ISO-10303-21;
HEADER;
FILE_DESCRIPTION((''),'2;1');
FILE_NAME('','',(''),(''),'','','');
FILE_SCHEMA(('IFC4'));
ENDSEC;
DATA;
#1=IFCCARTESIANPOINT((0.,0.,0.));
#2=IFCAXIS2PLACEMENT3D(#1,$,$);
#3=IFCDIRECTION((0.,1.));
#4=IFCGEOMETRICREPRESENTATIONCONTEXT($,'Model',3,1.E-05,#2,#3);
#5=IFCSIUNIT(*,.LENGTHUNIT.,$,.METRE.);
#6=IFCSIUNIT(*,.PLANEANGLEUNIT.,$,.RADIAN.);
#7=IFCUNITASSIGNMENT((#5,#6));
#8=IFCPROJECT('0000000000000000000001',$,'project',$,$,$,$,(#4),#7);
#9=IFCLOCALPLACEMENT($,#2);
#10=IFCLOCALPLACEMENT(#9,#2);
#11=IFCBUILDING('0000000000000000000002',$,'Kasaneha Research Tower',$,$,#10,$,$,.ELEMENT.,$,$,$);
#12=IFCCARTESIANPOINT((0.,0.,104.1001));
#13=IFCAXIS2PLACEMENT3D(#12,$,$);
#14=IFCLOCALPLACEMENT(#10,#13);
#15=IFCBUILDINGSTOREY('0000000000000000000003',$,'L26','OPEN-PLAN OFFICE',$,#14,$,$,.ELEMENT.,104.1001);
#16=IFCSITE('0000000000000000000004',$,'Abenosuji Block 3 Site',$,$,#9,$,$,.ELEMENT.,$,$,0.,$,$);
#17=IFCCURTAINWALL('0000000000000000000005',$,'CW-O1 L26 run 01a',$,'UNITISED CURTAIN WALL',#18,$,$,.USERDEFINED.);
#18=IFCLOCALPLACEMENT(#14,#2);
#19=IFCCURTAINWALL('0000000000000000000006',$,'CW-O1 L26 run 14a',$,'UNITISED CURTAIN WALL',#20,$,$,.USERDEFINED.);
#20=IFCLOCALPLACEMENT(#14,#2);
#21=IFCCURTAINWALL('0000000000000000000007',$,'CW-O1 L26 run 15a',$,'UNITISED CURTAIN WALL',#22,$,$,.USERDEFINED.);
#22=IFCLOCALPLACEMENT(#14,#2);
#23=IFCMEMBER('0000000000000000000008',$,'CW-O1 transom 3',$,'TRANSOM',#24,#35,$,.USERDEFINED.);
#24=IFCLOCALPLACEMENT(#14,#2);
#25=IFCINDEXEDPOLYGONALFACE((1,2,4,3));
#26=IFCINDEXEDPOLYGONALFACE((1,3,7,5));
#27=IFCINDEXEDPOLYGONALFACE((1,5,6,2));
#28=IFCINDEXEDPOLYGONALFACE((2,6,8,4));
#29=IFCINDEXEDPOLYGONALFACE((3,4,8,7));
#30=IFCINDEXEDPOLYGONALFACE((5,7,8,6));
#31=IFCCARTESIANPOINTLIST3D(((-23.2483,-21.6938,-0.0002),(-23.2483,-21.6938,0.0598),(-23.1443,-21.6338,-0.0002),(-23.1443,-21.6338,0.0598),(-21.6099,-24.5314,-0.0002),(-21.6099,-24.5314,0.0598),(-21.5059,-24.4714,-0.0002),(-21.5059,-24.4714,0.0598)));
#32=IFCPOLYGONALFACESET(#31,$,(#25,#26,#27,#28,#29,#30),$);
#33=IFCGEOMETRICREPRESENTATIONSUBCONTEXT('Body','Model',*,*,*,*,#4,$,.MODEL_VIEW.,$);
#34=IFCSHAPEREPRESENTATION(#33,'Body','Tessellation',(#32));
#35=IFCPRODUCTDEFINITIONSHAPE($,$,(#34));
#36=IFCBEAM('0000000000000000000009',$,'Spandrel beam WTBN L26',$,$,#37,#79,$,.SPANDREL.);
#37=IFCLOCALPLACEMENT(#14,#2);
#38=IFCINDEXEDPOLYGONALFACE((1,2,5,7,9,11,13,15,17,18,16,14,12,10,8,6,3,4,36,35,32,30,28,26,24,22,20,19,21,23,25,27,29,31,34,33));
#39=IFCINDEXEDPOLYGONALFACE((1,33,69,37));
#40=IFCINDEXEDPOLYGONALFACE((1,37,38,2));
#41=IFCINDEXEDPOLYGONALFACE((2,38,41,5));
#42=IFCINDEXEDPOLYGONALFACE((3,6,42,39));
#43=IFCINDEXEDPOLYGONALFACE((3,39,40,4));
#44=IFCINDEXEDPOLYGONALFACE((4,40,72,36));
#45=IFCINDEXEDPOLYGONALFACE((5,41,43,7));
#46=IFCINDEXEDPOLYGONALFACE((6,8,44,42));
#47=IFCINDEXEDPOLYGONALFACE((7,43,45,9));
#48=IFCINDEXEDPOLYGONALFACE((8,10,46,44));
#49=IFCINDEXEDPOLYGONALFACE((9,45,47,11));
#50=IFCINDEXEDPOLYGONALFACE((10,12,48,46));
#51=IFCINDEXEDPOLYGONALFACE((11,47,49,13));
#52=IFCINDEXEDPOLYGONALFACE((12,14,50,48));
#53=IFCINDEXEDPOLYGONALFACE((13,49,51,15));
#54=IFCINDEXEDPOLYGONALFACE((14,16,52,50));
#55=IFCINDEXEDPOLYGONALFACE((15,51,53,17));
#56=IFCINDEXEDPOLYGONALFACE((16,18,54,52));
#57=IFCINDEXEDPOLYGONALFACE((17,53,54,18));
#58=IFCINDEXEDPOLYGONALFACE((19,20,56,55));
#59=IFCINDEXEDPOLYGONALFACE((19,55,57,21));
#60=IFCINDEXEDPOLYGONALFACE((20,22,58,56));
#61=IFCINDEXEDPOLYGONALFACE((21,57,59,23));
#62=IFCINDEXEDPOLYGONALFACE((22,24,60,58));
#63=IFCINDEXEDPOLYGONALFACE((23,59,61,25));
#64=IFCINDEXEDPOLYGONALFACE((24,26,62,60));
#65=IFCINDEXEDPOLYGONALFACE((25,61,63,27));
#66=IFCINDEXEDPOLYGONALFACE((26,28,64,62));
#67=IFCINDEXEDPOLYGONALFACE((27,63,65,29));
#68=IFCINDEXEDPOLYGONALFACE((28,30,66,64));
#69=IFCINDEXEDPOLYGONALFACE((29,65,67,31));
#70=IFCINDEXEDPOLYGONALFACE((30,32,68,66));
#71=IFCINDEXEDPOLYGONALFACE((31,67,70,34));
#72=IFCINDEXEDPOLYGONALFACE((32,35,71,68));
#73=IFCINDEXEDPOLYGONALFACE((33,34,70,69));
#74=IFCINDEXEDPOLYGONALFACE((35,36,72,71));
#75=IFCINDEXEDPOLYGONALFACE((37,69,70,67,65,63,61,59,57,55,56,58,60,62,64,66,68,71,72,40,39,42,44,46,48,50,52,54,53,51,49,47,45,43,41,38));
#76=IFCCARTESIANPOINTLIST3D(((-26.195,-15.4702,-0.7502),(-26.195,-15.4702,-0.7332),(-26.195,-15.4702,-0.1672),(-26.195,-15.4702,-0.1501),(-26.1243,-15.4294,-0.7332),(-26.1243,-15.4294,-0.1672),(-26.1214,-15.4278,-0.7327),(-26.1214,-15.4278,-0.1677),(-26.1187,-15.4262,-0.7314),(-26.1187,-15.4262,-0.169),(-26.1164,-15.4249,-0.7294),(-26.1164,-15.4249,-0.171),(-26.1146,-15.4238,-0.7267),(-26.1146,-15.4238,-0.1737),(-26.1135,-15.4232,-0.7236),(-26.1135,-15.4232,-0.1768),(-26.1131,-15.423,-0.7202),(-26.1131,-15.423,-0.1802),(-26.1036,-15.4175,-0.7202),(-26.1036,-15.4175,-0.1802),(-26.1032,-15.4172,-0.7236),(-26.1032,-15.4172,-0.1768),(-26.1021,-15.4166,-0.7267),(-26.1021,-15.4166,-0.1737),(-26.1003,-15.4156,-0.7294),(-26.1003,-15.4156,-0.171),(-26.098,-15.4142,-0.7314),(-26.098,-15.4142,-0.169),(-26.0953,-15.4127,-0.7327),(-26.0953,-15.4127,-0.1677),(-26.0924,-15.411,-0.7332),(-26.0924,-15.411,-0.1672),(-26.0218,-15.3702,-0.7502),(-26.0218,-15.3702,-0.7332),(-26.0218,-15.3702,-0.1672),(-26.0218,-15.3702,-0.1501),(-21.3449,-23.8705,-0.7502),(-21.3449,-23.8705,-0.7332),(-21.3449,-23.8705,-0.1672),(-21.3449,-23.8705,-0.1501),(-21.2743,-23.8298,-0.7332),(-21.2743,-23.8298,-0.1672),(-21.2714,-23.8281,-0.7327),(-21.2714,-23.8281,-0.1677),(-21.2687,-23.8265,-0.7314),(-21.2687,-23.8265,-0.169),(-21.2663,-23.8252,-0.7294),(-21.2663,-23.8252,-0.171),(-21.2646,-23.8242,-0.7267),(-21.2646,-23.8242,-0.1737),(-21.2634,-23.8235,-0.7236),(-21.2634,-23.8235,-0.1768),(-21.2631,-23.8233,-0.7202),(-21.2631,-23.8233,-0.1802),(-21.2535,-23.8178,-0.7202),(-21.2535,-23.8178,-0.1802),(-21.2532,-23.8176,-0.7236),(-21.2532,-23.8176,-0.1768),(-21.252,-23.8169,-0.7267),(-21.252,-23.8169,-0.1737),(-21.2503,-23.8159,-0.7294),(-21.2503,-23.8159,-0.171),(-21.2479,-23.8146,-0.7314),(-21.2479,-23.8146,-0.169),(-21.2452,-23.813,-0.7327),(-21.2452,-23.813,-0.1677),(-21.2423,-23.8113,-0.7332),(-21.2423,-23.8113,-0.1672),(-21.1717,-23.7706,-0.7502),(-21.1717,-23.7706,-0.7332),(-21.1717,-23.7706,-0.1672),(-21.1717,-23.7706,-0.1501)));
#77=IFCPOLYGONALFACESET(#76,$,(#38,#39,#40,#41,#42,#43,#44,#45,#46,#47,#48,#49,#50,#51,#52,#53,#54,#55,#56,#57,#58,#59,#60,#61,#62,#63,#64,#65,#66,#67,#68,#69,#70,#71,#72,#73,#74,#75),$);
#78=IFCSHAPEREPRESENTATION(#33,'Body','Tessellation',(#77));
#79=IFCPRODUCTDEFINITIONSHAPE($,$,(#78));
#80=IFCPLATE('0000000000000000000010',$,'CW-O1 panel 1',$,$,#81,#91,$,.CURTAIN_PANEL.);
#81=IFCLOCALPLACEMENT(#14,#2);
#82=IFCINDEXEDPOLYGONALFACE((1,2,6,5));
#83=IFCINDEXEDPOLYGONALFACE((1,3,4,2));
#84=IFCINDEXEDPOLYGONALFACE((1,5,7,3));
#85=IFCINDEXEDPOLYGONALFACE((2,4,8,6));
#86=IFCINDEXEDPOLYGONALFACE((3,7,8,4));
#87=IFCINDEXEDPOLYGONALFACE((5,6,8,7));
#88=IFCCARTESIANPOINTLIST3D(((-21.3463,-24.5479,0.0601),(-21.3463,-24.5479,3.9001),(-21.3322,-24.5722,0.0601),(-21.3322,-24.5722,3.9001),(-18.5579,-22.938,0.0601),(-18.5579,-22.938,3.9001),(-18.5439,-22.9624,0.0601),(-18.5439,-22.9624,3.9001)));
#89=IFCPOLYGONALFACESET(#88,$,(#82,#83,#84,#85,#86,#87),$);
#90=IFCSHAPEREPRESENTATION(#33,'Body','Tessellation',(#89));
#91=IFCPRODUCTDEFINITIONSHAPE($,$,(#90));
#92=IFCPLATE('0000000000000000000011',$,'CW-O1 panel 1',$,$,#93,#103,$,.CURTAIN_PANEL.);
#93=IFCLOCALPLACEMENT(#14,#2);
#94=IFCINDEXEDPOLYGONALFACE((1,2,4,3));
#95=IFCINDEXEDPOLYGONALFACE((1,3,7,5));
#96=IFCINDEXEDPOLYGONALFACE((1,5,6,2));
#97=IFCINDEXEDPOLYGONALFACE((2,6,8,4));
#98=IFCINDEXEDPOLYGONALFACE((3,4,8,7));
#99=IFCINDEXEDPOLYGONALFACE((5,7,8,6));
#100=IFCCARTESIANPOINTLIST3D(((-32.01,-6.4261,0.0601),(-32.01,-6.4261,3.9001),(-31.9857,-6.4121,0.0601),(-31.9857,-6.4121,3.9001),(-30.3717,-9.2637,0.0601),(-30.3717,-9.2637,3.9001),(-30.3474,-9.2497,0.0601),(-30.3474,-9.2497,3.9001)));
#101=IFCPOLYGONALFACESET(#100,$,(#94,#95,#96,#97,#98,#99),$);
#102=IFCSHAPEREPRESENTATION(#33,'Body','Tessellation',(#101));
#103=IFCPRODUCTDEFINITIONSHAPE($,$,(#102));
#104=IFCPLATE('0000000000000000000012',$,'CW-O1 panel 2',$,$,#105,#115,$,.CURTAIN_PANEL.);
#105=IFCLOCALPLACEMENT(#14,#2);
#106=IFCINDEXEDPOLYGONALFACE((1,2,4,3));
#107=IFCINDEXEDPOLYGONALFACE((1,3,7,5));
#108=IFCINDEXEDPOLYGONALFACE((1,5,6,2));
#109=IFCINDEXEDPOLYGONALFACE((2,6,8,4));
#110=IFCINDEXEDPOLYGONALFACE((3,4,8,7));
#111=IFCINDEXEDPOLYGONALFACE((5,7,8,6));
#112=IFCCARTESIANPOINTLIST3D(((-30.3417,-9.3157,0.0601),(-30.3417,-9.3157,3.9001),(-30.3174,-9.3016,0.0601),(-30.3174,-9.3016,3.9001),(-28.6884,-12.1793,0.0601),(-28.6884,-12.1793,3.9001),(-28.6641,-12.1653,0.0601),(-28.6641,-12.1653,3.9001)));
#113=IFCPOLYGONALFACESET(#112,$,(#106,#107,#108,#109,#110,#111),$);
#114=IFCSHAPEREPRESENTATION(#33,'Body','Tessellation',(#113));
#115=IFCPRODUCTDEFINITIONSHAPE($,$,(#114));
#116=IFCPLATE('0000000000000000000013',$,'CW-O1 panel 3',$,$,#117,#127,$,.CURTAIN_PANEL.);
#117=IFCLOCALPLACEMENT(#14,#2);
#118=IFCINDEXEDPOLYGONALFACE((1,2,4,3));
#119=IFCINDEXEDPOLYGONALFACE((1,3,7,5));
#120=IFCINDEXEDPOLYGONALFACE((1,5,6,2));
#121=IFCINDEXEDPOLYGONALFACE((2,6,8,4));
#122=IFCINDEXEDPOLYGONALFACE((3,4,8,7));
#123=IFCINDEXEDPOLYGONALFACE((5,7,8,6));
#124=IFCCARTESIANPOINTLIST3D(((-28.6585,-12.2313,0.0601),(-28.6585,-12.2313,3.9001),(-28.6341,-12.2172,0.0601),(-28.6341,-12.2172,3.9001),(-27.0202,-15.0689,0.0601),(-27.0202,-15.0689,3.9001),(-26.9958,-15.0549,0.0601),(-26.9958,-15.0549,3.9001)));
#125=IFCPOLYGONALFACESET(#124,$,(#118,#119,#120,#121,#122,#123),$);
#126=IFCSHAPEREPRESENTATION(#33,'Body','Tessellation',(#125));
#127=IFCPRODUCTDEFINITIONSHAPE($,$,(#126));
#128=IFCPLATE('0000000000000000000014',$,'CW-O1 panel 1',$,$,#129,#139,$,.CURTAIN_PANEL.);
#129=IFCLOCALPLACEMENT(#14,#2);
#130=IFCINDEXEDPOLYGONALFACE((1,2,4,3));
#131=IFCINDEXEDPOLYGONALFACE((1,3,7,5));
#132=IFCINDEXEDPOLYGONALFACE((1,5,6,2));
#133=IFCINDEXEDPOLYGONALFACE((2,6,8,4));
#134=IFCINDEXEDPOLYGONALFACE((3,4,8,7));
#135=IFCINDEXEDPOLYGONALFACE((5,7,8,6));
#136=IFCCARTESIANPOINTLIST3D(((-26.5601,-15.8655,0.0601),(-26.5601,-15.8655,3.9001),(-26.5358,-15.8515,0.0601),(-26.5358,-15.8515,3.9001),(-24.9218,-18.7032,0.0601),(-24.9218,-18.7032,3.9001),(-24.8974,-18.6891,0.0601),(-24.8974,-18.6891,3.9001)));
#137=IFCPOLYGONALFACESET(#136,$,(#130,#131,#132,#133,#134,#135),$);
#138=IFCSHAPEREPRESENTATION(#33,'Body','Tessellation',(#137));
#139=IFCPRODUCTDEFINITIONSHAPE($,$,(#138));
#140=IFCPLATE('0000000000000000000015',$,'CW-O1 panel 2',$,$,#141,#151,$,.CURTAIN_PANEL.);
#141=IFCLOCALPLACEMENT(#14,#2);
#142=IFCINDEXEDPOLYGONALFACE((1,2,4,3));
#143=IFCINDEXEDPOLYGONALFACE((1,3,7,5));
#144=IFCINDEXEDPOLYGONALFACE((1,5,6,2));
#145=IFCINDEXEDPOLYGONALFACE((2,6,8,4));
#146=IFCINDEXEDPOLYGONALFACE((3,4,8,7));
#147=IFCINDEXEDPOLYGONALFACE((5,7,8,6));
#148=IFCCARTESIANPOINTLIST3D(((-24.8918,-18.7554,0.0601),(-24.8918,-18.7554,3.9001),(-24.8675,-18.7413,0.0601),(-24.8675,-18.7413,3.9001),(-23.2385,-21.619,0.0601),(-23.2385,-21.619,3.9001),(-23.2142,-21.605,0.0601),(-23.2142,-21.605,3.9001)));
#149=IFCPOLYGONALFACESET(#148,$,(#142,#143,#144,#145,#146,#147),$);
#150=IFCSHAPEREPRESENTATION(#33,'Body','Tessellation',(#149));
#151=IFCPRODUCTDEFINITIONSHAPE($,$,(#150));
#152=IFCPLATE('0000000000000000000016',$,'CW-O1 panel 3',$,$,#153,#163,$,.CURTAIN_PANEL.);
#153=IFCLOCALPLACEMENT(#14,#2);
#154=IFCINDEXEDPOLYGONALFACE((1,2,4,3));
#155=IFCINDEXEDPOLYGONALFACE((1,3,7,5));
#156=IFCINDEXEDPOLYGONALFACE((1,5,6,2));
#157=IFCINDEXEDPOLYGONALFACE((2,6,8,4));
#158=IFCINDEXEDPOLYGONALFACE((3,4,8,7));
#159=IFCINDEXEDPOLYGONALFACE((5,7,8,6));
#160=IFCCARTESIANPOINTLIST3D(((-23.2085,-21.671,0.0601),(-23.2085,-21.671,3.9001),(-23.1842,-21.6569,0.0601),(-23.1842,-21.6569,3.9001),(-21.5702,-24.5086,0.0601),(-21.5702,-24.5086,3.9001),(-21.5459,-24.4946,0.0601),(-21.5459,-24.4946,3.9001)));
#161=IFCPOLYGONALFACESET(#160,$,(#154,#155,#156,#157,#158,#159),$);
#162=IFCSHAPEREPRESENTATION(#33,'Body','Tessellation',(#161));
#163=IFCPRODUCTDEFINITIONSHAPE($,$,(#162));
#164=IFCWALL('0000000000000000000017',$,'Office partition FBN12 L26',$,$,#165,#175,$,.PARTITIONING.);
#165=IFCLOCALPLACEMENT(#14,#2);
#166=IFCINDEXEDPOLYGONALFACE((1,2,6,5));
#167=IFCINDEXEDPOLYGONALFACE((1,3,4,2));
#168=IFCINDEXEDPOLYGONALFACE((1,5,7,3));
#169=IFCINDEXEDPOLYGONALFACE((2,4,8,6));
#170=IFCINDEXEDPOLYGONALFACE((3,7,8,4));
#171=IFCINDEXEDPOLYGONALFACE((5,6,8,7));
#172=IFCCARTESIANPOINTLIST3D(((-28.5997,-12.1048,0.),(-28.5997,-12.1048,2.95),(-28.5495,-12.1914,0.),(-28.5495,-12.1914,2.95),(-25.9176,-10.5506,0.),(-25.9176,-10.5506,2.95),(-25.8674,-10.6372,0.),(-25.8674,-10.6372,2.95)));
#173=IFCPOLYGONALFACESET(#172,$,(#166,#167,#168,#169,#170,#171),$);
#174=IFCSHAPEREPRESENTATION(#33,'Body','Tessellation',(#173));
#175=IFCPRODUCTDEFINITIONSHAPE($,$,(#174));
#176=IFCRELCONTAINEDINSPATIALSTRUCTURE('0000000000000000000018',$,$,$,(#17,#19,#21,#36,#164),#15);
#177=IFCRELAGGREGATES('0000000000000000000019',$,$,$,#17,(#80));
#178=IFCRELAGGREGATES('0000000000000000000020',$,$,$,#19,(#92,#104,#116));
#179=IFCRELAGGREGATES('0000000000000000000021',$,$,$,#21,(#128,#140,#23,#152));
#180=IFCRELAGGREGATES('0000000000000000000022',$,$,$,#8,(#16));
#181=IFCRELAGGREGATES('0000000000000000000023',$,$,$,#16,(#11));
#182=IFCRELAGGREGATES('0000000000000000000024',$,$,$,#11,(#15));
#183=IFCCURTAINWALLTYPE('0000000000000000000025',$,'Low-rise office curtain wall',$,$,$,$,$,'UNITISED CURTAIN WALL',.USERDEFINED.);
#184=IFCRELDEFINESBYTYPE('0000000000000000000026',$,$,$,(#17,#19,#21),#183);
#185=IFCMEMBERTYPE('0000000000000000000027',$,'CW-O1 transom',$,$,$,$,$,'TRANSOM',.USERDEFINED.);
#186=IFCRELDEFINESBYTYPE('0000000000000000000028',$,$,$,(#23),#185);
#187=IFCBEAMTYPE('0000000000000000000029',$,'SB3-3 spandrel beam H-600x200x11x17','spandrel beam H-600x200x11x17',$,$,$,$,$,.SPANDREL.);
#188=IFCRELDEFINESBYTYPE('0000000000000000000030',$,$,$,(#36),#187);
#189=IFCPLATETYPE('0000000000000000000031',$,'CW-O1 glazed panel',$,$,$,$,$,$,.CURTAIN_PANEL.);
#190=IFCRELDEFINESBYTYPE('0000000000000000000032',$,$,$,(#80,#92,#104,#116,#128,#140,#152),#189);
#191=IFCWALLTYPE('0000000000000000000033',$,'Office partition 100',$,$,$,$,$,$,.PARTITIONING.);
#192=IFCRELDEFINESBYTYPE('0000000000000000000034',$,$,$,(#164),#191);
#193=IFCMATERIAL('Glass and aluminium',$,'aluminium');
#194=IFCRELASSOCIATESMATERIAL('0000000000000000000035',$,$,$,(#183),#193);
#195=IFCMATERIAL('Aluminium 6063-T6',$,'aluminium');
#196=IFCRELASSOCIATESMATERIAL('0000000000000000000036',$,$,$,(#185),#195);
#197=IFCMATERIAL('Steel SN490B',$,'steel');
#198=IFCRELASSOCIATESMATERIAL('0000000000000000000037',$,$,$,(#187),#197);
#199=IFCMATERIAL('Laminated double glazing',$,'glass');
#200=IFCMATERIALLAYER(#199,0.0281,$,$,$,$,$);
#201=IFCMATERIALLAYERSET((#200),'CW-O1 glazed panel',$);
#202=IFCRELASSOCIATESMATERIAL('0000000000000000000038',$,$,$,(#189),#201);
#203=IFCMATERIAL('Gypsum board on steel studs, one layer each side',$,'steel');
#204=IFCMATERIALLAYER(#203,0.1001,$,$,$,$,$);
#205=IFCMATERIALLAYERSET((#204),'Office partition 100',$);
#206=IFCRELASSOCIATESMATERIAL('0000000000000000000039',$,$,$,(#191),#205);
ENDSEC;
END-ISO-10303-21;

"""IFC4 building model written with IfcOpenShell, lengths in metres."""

from ifc_helpers import new_model, si_unit, direction, frame, frame_2d, origin, origin_2d, place, context, subcontext, project, spatial, rectangle, i_section, extrude, material, layer, layer_set, material_profile, profile_set, type_object, element, aggregate, save


model = new_model("IFC4")

# Units and contexts
model_context = context("Model", 3, precision=1e-05, world=origin(), true_north=direction((0.0, 1.0)))
body_context = subcontext(model_context, "Body", "Model", "MODEL_VIEW")
ifc_project = project(units=[si_unit("LENGTHUNIT", "METRE"), si_unit("PLANEANGLEUNIT", "RADIAN")], contexts=[model_context])

# Site, building, storey
site_placement = place(None, origin())
site = spatial("IfcSite", under=ifc_project, at=site_placement, Name="Abenosuji Block 3 Site", CompositionType="ELEMENT", RefElevation=0.0)
building_placement = place(site_placement, origin())
building = spatial("IfcBuilding", under=site, at=building_placement, Name="Kasaneha Research Tower", CompositionType="ELEMENT")
storey_placement = place(building_placement, frame((0.0, 0.0, 104.1001)))
storey = spatial("IfcBuildingStorey", under=building, at=storey_placement, Name="L26", Description="OPEN-PLAN OFFICE", CompositionType="ELEMENT", Elevation=104.1001)

# Curtain wall
ifc_material_1 = material(Name="Glass and aluminium", Category="aluminium")
curtain_wall_type = type_object("IfcCurtainWallType", Name="Low-rise office curtain wall", ElementType="UNITISED CURTAIN WALL", PredefinedType="USERDEFINED", material=ifc_material_1)
curtain_wall_1_placement = place(storey_placement, origin())
curtain_wall_1 = element("IfcCurtainWall", 1, at=curtain_wall_1_placement, inside=storey, type_object=curtain_wall_type, Name="CW-O1 L26 run 01a", ObjectType="UNITISED CURTAIN WALL", PredefinedType="USERDEFINED")

# Curtain walls
curtain_wall_2_placement = place(storey_placement, origin())
curtain_wall_2 = element("IfcCurtainWall", 2, at=curtain_wall_2_placement, inside=storey, type_object=curtain_wall_type, Name="CW-O1 L26 run 14a", ObjectType="UNITISED CURTAIN WALL", PredefinedType="USERDEFINED")
curtain_wall_3_placement = place(storey_placement, origin())
curtain_wall_3 = element("IfcCurtainWall", 3, at=curtain_wall_3_placement, inside=storey, type_object=curtain_wall_type, Name="CW-O1 L26 run 15a", ObjectType="UNITISED CURTAIN WALL", PredefinedType="USERDEFINED")

# Member
ifc_material_2 = material(Name="Aluminium 6063-T6", Category="aluminium")
ifc_material_profile_1 = material_profile(ifc_material_2, rectangle(XDim=0.1201, YDim=0.0601, at=origin_2d()), Name="CW-O1 transom 120x60")
ifc_profile_set_1 = profile_set([ifc_material_profile_1], Name="Aluminium 6063-T6")
member_type_1 = type_object("IfcMemberType", Name="CW-O1 transom", ElementType="TRANSOM", PredefinedType="USERDEFINED", material=ifc_profile_set_1)
member_1_placement = place(storey_placement, frame((-23.1963, -21.6638, 0.0298), z_axis=(0.500026, -0.866011, 0.0), x_axis=(0.866011, 0.500026, 0.0)))
member_1 = element("IfcMember", 4, at=member_1_placement, type_object=member_type_1, Name="CW-O1 transom 3", ObjectType="TRANSOM", PredefinedType="USERDEFINED", context=body_context, shape_type="SweptSolid", body=[
    extrude(rectangle(XDim=0.1201, YDim=0.0601, at=origin_2d()), origin(), (0.0, 0.0, 1.0), 3.2766),
])

# Beam
ifc_material_3 = material(Name="Steel SN490B", Category="steel")
ifc_material_profile_2 = material_profile(ifc_material_3, i_section(OverallWidth=0.2, OverallDepth=0.6001, WebThickness=0.011, FlangeThickness=0.0171, FilletRadius=0.0129, at=origin_2d()), Name="H-600x200x11x17")
ifc_profile_set_2 = profile_set([ifc_material_profile_2], Name="Steel SN490B")
beam_type = type_object("IfcBeamType", Name="SB3-3 spandrel beam H-600x200x11x17", Description="spandrel beam H-600x200x11x17", PredefinedType="SPANDREL", material=ifc_profile_set_2)
beam_placement = place(storey_placement, frame((-21.2583, -23.8206, -0.4502), z_axis=(-0.50001, 0.86602, 0.0), x_axis=(-0.86602, -0.50001, 0.0)))
element("IfcBeam", 5, at=beam_placement, inside=storey, type_object=beam_type, Name="Spandrel beam WTBN L26", PredefinedType="SPANDREL", context=body_context, shape_type="SweptSolid", body=[
    extrude(i_section(OverallWidth=0.2, OverallDepth=0.6001, WebThickness=0.011, FlangeThickness=0.0171, FilletRadius=0.0129, at=origin_2d()), origin(), (0.0, 0.0, 1.0), 9.7),
])

# Plates
ifc_material_4 = material(Name="Laminated double glazing", Category="glass")
ifc_layer_1 = layer(ifc_material_4, 0.0281)
ifc_layer_set_1 = layer_set([ifc_layer_1], Name="CW-O1 glazed panel")
plate_type = type_object("IfcPlateType", Name="CW-O1 glazed panel", PredefinedType="CURTAIN_PANEL", material=ifc_layer_set_1)
plate_1_placement = place(storey_placement, frame((-19.9451, -23.7551, 0.0601), z_axis=(0.0, 0.0, 1.0), x_axis=(0.866025, 0.5, 0.0)))
plate_1 = element("IfcPlate", 6, at=plate_1_placement, type_object=plate_type, Name="CW-O1 panel 1", PredefinedType="CURTAIN_PANEL", context=body_context, shape_type="SweptSolid", body=[
    extrude(rectangle(XDim=3.2197, YDim=0.0281, at=origin_2d()), origin(), (0.0, 0.0, 1.0), 3.8401),
])
aggregate(curtain_wall_1, [plate_1])
plate_2_placement = place(storey_placement, frame((-31.1787, -7.8379, 0.0601), z_axis=(0.0, 0.0, 1.0), x_axis=(0.5, -0.866025, 0.0)))
plate_2 = element("IfcPlate", 7, at=plate_2_placement, type_object=plate_type, Name="CW-O1 panel 1", PredefinedType="CURTAIN_PANEL", context=body_context, shape_type="SweptSolid", body=[
    extrude(rectangle(XDim=3.2766, YDim=0.0281, at=origin_2d()), origin(), (0.0, 0.0, 1.0), 3.8401),
])
plate_3_placement = place(storey_placement, frame((-29.5029, -10.7405, 0.0601), z_axis=(0.0, 0.0, 1.0), x_axis=(0.5, -0.866025, 0.0)))
plate_3 = element("IfcPlate", 8, at=plate_3_placement, type_object=plate_type, Name="CW-O1 panel 2", PredefinedType="CURTAIN_PANEL", context=body_context, shape_type="SweptSolid", body=[
    extrude(rectangle(XDim=3.3066, YDim=0.0281, at=origin_2d()), origin(), (0.0, 0.0, 1.0), 3.8401),
])
plate_4_placement = place(storey_placement, frame((-27.8271, -13.6431, 0.0601), z_axis=(0.0, 0.0, 1.0), x_axis=(0.5, -0.866025, 0.0)))
plate_4 = element("IfcPlate", 9, at=plate_4_placement, type_object=plate_type, Name="CW-O1 panel 3", PredefinedType="CURTAIN_PANEL", context=body_context, shape_type="SweptSolid", body=[
    extrude(rectangle(XDim=3.2766, YDim=0.0281, at=origin_2d()), origin(), (0.0, 0.0, 1.0), 3.8401),
])
aggregate(curtain_wall_2, [plate_2, plate_3, plate_4])
plate_5_placement = place(storey_placement, frame((-25.7288, -17.2773, 0.0601), z_axis=(0.0, 0.0, 1.0), x_axis=(0.5, -0.866025, 0.0)))
plate_5 = element("IfcPlate", 10, at=plate_5_placement, type_object=plate_type, Name="CW-O1 panel 1", PredefinedType="CURTAIN_PANEL", context=body_context, shape_type="SweptSolid", body=[
    extrude(rectangle(XDim=3.2766, YDim=0.0281, at=origin_2d()), origin(), (0.0, 0.0, 1.0), 3.8401),
])
plate_6_placement = place(storey_placement, frame((-24.053, -20.1802, 0.0601), z_axis=(0.0, 0.0, 1.0), x_axis=(0.5, -0.866025, 0.0)))
plate_6 = element("IfcPlate", 11, at=plate_6_placement, type_object=plate_type, Name="CW-O1 panel 2", PredefinedType="CURTAIN_PANEL", context=body_context, shape_type="SweptSolid", body=[
    extrude(rectangle(XDim=3.3066, YDim=0.0281, at=origin_2d()), origin(), (0.0, 0.0, 1.0), 3.8401),
])
plate_7_placement = place(storey_placement, frame((-22.3772, -23.0828, 0.0601), z_axis=(0.0, 0.0, 1.0), x_axis=(0.5, -0.866025, 0.0)))
plate_7 = element("IfcPlate", 12, at=plate_7_placement, type_object=plate_type, Name="CW-O1 panel 3", PredefinedType="CURTAIN_PANEL", context=body_context, shape_type="SweptSolid", body=[
    extrude(rectangle(XDim=3.2766, YDim=0.0281, at=origin_2d()), origin(), (0.0, 0.0, 1.0), 3.8401),
])
aggregate(curtain_wall_3, [plate_5, plate_6, member_1, plate_7])

# Wall
ifc_material_5 = material(Name="Gypsum board on steel studs, one layer each side", Category="steel")
ifc_layer_2 = layer(ifc_material_5, 0.1001)
ifc_layer_set_2 = layer_set([ifc_layer_2], Name="Office partition 100")
wall_type = type_object("IfcWallType", Name="Office partition 100", PredefinedType="PARTITIONING", material=ifc_layer_set_2)
wall_1_placement = place(storey_placement, frame((-25.8926, -10.594, 0.0), z_axis=(0.0, 0.0, 1.0), x_axis=(-0.865232, -0.501372, 0.0)))
element("IfcWall", 13, at=wall_1_placement, inside=storey, type_object=wall_type, Name="Office partition FBN12 L26", PredefinedType="PARTITIONING", context=body_context, shape_type="SweptSolid", body=[
    extrude(rectangle(XDim=3.0999, YDim=0.1001, at=frame_2d((1.5498, 0.0))), origin(), (0.0, 0.0, 1.0), 2.95),
])

save(model, "model.ifc")
